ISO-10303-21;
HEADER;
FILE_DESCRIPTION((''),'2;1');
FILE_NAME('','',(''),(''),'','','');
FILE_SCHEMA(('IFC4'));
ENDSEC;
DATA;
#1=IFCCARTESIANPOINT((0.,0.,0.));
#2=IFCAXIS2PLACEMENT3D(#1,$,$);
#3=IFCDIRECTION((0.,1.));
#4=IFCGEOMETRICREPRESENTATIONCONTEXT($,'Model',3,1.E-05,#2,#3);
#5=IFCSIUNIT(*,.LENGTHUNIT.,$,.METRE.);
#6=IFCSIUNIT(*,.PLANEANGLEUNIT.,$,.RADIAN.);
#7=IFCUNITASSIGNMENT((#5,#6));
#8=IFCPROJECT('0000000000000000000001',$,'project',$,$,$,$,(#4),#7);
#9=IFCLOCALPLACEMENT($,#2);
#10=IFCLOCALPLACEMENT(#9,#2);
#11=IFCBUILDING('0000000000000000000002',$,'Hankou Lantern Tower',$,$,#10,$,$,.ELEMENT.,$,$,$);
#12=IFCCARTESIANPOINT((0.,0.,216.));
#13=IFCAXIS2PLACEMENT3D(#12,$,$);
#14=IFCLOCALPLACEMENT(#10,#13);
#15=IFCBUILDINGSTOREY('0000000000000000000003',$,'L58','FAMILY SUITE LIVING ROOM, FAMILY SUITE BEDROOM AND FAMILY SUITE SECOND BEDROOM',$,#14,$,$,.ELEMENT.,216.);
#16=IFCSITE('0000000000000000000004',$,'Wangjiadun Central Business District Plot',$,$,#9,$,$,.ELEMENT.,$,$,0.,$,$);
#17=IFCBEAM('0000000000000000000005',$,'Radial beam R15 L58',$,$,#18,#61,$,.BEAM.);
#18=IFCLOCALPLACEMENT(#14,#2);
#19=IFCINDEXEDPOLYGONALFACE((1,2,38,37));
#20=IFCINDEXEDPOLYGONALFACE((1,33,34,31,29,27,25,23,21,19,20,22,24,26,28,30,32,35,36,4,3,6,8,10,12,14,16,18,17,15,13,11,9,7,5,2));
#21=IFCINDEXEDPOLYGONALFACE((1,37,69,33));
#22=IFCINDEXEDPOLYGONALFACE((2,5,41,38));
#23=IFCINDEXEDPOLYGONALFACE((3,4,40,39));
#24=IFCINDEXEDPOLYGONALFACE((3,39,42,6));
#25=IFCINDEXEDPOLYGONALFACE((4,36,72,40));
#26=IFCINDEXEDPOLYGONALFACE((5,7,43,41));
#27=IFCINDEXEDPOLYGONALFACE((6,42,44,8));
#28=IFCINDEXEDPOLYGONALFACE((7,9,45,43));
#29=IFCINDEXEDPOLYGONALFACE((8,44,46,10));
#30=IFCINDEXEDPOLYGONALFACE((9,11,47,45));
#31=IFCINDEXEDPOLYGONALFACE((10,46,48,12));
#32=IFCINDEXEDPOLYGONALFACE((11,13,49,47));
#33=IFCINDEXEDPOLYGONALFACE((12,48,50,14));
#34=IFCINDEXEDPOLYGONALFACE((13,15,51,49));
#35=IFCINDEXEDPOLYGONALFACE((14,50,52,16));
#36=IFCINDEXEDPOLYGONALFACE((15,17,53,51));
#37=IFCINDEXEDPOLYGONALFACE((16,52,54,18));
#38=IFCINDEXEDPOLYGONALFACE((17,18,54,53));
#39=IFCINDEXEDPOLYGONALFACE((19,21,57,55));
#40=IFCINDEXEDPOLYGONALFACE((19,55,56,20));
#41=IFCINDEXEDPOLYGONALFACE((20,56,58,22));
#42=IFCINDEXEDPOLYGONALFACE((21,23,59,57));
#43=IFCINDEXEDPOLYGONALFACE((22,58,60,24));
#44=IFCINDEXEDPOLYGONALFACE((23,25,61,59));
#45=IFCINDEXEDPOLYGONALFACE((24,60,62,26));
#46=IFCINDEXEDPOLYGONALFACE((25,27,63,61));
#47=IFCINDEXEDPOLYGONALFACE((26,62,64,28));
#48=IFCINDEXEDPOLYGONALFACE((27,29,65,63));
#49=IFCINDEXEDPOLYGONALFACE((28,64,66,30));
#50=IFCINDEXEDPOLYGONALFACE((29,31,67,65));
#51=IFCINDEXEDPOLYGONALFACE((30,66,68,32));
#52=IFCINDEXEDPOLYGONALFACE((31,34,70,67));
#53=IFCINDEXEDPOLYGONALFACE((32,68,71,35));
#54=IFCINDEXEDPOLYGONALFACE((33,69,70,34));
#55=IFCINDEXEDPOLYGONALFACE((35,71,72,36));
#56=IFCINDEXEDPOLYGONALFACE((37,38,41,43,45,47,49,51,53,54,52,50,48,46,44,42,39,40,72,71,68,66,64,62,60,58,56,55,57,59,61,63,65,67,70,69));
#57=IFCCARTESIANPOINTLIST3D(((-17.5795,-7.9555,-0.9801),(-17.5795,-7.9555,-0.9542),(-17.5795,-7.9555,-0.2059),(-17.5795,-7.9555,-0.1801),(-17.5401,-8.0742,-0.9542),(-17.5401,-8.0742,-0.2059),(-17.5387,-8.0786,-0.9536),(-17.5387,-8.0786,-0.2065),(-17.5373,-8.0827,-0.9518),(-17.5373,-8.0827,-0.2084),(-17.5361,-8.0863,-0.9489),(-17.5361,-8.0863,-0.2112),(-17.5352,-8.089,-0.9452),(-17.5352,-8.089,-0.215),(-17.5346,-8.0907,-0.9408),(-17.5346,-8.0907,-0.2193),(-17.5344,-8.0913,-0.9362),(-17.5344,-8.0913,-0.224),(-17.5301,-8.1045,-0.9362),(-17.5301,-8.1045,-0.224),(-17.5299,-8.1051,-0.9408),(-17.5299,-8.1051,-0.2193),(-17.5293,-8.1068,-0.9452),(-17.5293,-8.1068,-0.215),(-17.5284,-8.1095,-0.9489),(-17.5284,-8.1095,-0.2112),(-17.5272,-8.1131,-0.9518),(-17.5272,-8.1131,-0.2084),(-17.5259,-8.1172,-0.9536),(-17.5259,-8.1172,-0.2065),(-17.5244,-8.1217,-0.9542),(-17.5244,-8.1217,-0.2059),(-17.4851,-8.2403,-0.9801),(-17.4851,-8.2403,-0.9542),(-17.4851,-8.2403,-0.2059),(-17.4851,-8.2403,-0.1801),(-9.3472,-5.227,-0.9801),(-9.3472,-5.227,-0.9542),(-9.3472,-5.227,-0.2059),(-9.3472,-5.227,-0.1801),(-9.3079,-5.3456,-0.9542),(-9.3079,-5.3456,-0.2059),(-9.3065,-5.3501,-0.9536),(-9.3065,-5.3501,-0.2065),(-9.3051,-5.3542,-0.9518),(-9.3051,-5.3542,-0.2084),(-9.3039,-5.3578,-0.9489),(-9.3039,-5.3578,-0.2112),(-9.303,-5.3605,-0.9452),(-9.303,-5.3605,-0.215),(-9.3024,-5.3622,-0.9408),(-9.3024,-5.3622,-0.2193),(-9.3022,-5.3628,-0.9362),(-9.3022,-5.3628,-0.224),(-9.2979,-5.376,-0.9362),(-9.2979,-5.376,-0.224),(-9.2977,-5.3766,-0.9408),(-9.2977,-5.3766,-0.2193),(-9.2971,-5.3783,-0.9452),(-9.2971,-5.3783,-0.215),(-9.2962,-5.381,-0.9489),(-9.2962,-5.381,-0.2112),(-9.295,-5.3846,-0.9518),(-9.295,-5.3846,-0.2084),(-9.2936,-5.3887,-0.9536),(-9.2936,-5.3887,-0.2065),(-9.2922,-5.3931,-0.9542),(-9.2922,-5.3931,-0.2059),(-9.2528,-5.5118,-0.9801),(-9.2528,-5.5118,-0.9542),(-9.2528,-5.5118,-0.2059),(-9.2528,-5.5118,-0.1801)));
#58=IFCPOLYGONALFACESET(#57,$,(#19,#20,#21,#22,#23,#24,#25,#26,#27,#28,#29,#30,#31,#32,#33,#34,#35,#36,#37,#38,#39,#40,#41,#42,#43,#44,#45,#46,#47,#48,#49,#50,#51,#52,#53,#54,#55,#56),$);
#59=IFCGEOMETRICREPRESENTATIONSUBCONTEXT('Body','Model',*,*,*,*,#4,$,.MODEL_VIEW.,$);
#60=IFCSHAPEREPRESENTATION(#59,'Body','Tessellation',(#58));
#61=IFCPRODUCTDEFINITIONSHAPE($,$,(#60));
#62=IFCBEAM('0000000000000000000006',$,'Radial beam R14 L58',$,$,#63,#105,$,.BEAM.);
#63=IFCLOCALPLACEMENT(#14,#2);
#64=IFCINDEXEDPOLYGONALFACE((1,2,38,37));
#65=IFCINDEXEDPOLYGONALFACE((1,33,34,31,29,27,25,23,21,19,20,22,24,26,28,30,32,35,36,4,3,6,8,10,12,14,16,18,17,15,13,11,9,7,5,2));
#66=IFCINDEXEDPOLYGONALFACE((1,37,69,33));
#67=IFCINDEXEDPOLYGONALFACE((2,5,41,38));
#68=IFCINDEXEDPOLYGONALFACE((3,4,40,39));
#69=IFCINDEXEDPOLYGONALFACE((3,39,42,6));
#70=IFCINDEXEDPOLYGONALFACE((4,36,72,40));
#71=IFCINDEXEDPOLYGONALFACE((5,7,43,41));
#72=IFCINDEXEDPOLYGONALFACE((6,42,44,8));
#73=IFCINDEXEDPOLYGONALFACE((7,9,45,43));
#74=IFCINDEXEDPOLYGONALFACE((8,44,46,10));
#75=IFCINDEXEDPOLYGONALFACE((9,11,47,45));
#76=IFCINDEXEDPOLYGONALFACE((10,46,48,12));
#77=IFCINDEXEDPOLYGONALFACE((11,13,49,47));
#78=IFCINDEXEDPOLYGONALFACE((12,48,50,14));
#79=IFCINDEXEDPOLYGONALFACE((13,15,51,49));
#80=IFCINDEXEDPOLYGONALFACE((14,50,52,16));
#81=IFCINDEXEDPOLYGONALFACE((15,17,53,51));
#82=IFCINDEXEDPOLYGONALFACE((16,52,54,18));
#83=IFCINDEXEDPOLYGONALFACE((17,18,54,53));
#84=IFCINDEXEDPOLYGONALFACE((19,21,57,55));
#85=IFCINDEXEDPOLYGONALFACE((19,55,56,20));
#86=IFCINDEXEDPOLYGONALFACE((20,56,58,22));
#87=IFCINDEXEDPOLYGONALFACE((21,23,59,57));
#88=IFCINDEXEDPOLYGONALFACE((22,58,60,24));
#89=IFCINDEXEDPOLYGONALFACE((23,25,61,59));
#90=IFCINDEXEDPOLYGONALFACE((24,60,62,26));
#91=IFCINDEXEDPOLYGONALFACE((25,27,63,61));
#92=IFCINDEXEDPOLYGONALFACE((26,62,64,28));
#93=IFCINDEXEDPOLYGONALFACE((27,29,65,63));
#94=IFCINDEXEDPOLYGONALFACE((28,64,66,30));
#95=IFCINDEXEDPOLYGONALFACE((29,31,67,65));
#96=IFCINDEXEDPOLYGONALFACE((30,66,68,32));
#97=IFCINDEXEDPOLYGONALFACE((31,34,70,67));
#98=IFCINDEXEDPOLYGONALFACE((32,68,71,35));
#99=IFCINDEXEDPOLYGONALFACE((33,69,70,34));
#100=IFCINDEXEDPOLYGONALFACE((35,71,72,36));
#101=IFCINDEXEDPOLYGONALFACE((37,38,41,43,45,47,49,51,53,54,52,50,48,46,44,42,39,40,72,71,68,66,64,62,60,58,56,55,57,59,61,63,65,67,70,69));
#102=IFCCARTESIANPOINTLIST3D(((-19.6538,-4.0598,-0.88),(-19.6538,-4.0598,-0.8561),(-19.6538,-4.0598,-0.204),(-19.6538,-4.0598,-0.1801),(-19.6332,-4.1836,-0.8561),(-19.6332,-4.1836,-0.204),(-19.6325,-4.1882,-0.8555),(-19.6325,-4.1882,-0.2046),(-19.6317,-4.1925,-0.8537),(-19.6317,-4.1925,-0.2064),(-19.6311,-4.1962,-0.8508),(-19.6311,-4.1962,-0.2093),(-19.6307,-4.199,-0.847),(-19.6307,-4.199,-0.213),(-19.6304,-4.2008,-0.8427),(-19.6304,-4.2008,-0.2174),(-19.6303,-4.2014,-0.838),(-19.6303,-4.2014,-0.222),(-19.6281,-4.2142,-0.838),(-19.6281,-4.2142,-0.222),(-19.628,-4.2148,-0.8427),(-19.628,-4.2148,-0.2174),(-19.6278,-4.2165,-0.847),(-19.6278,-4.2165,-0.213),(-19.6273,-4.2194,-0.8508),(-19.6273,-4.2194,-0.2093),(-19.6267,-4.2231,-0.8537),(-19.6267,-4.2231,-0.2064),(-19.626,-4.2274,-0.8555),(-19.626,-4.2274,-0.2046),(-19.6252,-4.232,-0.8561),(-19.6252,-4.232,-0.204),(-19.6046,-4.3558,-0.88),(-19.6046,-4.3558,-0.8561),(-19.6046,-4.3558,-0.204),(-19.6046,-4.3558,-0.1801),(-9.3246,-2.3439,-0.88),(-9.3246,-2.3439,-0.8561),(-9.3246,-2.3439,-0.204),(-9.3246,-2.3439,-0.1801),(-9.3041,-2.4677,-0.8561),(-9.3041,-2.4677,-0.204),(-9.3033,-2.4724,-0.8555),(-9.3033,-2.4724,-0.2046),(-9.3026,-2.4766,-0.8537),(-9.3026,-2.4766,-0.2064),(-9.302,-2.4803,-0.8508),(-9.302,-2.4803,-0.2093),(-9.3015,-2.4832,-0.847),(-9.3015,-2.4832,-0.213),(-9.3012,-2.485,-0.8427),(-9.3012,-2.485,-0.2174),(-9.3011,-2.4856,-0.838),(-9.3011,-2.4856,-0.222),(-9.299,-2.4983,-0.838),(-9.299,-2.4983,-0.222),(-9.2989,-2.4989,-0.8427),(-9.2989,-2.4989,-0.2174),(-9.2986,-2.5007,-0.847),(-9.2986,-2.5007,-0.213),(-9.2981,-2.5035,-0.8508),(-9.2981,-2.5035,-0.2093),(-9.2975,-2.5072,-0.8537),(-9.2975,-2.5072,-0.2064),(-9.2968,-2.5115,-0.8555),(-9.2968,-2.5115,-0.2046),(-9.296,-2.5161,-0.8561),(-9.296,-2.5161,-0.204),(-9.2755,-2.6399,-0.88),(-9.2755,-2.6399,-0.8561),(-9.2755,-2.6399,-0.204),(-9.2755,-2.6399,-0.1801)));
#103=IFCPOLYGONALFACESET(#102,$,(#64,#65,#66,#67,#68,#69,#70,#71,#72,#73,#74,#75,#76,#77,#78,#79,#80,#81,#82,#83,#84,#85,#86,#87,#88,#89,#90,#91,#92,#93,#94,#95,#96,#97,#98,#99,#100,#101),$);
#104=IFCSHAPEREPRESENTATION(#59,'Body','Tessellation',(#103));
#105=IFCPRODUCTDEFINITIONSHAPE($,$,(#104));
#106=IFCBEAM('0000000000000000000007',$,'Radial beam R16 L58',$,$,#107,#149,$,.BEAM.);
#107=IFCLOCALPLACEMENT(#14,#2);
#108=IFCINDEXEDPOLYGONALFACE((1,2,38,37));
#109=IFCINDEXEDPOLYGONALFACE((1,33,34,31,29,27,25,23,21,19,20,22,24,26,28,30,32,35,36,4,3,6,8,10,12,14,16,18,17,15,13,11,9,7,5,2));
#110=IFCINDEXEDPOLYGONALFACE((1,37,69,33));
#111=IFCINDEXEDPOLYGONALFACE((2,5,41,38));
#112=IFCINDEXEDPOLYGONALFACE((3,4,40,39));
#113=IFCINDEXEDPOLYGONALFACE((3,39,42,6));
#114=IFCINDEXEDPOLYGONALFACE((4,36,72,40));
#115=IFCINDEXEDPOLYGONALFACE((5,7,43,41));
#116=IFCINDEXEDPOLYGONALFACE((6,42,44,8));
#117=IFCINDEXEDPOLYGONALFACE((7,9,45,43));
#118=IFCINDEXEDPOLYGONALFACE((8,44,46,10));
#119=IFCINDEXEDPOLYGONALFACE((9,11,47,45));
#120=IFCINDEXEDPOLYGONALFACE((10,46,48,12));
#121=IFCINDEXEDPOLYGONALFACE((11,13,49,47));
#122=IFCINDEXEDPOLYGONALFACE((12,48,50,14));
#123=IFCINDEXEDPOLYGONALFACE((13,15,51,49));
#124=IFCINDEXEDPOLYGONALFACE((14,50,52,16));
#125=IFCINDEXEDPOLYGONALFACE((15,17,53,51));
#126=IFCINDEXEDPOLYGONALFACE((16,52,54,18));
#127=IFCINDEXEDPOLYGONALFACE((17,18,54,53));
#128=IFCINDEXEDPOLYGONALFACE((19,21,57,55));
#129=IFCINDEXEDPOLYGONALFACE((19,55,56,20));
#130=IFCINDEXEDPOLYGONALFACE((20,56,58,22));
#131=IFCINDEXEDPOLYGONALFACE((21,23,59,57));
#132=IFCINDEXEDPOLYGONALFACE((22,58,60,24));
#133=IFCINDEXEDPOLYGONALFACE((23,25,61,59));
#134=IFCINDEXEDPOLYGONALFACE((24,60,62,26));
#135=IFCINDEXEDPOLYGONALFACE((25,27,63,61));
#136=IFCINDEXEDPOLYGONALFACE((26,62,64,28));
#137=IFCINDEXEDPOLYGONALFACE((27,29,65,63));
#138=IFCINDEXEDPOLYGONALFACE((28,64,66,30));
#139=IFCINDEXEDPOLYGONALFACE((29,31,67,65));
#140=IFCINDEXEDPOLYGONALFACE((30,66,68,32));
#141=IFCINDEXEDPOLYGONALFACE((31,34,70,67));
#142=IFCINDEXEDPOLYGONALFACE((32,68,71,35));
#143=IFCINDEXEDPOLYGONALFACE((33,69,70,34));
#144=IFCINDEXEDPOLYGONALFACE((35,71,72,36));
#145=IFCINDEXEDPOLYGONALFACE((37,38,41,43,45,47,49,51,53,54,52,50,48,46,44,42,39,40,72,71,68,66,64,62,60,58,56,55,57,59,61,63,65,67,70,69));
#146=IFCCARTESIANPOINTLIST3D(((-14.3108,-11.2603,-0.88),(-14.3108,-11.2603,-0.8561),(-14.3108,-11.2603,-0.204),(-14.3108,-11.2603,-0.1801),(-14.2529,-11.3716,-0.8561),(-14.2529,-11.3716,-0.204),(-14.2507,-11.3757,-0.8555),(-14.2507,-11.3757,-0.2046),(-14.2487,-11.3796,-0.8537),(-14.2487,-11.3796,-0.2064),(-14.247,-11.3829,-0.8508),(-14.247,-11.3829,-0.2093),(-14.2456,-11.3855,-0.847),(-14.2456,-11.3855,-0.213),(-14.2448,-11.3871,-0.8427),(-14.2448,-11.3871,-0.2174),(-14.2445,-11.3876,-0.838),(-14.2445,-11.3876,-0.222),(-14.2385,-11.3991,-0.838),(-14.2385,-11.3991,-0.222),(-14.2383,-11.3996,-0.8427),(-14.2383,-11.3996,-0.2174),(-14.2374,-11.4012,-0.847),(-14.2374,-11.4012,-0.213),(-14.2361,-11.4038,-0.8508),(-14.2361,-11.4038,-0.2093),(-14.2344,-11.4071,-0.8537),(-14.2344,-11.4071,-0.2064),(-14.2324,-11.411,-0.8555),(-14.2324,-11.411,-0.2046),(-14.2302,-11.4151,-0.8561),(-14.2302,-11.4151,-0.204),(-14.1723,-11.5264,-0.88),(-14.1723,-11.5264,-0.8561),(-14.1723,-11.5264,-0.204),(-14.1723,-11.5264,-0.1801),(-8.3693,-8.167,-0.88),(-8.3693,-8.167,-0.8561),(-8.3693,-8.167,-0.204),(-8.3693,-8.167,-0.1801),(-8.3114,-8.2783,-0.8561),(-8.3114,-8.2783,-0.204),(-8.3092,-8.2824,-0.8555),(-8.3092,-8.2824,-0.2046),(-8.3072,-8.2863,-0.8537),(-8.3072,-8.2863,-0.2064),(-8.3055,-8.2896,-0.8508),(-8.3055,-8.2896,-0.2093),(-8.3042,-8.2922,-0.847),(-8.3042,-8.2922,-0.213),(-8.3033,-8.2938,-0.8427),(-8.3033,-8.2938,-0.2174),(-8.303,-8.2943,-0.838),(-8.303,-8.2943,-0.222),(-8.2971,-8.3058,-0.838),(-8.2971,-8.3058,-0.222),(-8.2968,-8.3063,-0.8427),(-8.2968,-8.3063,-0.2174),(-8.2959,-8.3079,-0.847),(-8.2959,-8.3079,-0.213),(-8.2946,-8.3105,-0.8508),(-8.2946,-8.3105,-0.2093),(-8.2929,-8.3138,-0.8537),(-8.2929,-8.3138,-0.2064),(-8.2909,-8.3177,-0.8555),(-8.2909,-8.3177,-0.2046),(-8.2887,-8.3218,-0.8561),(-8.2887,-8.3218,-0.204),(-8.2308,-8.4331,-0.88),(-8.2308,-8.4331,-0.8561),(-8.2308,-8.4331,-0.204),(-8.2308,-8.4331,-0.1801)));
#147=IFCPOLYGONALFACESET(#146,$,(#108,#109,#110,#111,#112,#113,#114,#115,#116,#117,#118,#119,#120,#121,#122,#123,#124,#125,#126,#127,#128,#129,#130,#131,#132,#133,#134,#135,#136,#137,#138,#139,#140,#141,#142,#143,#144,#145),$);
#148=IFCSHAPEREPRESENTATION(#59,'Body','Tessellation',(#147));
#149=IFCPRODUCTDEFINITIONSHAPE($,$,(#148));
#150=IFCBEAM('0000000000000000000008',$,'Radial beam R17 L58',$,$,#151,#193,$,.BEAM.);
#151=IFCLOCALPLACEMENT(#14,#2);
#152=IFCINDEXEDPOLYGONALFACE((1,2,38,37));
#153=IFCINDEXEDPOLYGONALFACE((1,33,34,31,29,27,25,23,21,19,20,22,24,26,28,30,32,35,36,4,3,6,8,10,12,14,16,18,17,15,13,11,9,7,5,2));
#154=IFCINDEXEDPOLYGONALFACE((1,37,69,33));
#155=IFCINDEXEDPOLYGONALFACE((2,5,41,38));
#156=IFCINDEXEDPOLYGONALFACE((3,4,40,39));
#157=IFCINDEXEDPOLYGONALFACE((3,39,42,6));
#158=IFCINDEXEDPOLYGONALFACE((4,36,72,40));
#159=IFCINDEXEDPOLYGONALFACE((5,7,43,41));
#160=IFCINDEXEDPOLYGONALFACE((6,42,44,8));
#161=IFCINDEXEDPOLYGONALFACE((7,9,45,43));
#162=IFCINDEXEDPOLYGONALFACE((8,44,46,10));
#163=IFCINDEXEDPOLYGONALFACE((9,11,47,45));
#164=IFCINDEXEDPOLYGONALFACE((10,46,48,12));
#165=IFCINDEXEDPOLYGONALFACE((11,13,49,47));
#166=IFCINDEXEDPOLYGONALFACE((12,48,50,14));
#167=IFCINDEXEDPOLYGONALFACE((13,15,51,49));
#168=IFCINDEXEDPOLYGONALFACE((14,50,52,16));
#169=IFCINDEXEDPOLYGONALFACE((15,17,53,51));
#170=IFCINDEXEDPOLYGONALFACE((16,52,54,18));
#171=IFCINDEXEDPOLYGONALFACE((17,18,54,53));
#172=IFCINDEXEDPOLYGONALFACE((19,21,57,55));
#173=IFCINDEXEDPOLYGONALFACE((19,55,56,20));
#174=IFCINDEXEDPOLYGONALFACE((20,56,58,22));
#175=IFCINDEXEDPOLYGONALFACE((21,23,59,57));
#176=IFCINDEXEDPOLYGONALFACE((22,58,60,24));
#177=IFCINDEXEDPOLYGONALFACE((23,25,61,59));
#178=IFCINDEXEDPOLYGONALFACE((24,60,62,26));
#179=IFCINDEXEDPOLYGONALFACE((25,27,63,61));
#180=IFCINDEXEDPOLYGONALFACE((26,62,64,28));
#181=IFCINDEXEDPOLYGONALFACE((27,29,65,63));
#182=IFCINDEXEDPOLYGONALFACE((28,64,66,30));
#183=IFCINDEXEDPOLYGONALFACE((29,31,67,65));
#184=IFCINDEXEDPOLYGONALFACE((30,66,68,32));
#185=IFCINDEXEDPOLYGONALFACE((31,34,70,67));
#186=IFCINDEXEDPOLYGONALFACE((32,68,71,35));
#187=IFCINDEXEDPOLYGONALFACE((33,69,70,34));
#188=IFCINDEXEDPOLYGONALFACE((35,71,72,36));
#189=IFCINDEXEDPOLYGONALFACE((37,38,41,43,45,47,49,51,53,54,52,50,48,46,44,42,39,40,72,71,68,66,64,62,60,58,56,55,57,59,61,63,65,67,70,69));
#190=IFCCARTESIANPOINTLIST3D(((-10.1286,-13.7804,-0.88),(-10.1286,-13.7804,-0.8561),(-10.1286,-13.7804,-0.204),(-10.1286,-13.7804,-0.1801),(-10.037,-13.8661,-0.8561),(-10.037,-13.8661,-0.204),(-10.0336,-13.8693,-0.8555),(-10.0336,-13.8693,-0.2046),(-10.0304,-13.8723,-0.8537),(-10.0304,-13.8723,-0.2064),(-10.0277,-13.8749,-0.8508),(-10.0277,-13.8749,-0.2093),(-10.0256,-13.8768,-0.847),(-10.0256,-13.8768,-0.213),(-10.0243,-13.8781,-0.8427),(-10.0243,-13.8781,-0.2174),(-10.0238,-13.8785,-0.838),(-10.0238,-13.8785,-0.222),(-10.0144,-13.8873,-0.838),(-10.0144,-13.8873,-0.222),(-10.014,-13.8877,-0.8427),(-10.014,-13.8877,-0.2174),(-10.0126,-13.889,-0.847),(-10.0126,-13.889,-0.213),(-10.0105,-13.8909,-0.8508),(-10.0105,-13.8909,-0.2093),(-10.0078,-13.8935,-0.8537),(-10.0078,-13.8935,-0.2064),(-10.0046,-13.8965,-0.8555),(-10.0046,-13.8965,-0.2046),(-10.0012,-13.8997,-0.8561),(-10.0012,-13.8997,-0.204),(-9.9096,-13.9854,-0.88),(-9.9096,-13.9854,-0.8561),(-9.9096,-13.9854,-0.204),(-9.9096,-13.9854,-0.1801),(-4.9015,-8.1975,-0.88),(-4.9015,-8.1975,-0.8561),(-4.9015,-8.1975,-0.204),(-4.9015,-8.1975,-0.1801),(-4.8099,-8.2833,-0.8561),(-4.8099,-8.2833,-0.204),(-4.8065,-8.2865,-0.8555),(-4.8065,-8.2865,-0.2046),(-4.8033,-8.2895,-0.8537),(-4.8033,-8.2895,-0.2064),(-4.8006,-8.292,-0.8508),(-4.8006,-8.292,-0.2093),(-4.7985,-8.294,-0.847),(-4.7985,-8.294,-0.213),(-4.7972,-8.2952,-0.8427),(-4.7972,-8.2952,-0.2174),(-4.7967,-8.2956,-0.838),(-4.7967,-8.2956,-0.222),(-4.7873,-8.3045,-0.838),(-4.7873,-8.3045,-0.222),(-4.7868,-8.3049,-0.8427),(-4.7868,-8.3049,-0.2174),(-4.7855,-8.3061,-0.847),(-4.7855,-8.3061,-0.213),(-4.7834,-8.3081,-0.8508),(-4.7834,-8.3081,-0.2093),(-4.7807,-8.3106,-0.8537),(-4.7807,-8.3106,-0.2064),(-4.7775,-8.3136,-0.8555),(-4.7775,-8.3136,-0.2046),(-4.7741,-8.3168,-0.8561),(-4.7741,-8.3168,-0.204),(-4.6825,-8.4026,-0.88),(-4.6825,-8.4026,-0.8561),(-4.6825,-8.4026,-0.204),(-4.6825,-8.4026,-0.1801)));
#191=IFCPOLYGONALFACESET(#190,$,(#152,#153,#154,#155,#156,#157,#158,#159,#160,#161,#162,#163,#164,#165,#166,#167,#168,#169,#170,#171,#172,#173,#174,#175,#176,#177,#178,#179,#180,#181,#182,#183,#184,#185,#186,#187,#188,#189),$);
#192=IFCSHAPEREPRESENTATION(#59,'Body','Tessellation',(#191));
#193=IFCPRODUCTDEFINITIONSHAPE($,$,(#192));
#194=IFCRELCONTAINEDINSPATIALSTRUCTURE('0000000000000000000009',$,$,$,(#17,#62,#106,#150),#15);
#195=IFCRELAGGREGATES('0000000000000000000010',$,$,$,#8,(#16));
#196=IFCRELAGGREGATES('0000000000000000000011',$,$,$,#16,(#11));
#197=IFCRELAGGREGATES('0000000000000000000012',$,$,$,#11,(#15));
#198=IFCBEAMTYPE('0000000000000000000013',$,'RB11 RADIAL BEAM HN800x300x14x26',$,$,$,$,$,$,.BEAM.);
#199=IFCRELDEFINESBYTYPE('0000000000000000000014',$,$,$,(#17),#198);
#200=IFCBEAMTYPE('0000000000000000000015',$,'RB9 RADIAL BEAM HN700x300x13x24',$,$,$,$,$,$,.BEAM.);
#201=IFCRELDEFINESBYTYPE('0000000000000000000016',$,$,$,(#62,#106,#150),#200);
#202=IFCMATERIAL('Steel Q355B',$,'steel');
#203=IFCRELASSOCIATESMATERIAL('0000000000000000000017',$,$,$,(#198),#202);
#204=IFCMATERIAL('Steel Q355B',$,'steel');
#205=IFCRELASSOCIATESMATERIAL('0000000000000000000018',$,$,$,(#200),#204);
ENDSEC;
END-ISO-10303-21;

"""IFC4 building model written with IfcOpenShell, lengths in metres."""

from ifc_helpers import new_model, si_unit, direction, frame, origin, origin_2d, place, context, subcontext, project, spatial, i_section, extrude, material, material_profile, profile_set, type_object, element, save


model = new_model("IFC4")

# Units and contexts
model_context = context("Model", 3, precision=1e-05, world=origin(), true_north=direction((0.0, 1.0)))
body_context = subcontext(model_context, "Body", "Model", "MODEL_VIEW")
ifc_project = project(units=[si_unit("LENGTHUNIT", "METRE"), si_unit("PLANEANGLEUNIT", "RADIAN")], contexts=[model_context])

# Site, building, storey
site_placement = place(None, origin())
site = spatial("IfcSite", under=ifc_project, at=site_placement, Name="Wangjiadun Central Business District Plot", CompositionType="ELEMENT", RefElevation=0.0)
building_placement = place(site_placement, origin())
building = spatial("IfcBuilding", under=site, at=building_placement, Name="Hankou Lantern Tower", CompositionType="ELEMENT")
storey_placement = place(building_placement, frame((0.0, 0.0, 216.0)))
storey = spatial("IfcBuildingStorey", under=building, at=storey_placement, Name="L58", Description="FAMILY SUITE LIVING ROOM, FAMILY SUITE BEDROOM AND FAMILY SUITE SECOND BEDROOM", CompositionType="ELEMENT", Elevation=216.0)

# Beams
ifc_material_1 = material(Name="Steel Q355B", Category="steel")
ifc_material_profile_1 = material_profile(ifc_material_1, i_section(OverallWidth=0.3, OverallDepth=0.8, WebThickness=0.0139, FlangeThickness=0.0259, FilletRadius=0.0181, at=origin_2d()), Name="HN800x300x14x26")
ifc_profile_set_1 = profile_set([ifc_material_profile_1], Name="Steel Q355B")
beam_type_1 = type_object("IfcBeamType", Name="RB11 RADIAL BEAM HN800x300x14x26", PredefinedType="BEAM", material=ifc_profile_set_1)
beam_1_placement = place(storey_placement, frame((-9.3, -5.3694, -0.5801), z_axis=(-0.94922, -0.314614, 0.0), x_axis=(0.314614, -0.94922, 0.0)))
element("IfcBeam", 1, at=beam_1_placement, inside=storey, type_object=beam_type_1, Name="Radial beam R15 L58", PredefinedType="BEAM", context=body_context, shape_type="SweptSolid", body=[
    extrude(i_section(OverallWidth=0.3, OverallDepth=0.8, WebThickness=0.0139, FlangeThickness=0.0259, FilletRadius=0.0181, at=origin_2d()), origin(), (0.0, 0.0, 1.0), 8.6726),
])
ifc_material_2 = material(Name="Steel Q355B", Category="steel")
ifc_material_profile_2 = material_profile(ifc_material_2, i_section(OverallWidth=0.3, OverallDepth=0.7, WebThickness=0.0129, FlangeThickness=0.0239, FilletRadius=0.0181, at=origin_2d()), Name="HN700x300x13x24")
ifc_profile_set_2 = profile_set([ifc_material_profile_2], Name="Steel Q355B")
beam_type_2 = type_object("IfcBeamType", Name="RB9 RADIAL BEAM HN700x300x13x24", PredefinedType="BEAM", material=ifc_profile_set_2)
beam_2_placement = place(storey_placement, frame((-9.3, -2.4919, -0.53), z_axis=(-0.986482, -0.16387, 0.0), x_axis=(0.16387, -0.986482, 0.0)))
element("IfcBeam", 2, at=beam_2_placement, inside=storey, type_object=beam_type_2, Name="Radial beam R14 L58", PredefinedType="BEAM", context=body_context, shape_type="SweptSolid", body=[
    extrude(i_section(OverallWidth=0.3, OverallDepth=0.7, WebThickness=0.0129, FlangeThickness=0.0239, FilletRadius=0.0181, at=origin_2d()), origin(), (0.0, 0.0, 1.0), 10.4707),
])
beam_3_placement = place(storey_placement, frame((-8.3, -8.3, -0.53), z_axis=(-0.886989, -0.461791, 0.0), x_axis=(0.461791, -0.886989, 0.0)))
element("IfcBeam", 3, at=beam_3_placement, inside=storey, type_object=beam_type_2, Name="Radial beam R16 L58", PredefinedType="BEAM", context=body_context, shape_type="SweptSolid", body=[
    extrude(i_section(OverallWidth=0.3, OverallDepth=0.7, WebThickness=0.0129, FlangeThickness=0.0239, FilletRadius=0.0181, at=origin_2d()), origin(), (0.0, 0.0, 1.0), 6.6985),
])
beam_4_placement = place(storey_placement, frame((-4.792, -8.3, -0.53), z_axis=(-0.683468, -0.72998, 0.0), x_axis=(0.72998, -0.683468, 0.0)))
element("IfcBeam", 4, at=beam_4_placement, inside=storey, type_object=beam_type_2, Name="Radial beam R17 L58", PredefinedType="BEAM", context=body_context, shape_type="SweptSolid", body=[
    extrude(i_section(OverallWidth=0.3, OverallDepth=0.7, WebThickness=0.0129, FlangeThickness=0.0239, FilletRadius=0.0181, at=origin_2d()), origin(), (0.0, 0.0, 1.0), 7.6479),
])

save(model, "model.ifc")
